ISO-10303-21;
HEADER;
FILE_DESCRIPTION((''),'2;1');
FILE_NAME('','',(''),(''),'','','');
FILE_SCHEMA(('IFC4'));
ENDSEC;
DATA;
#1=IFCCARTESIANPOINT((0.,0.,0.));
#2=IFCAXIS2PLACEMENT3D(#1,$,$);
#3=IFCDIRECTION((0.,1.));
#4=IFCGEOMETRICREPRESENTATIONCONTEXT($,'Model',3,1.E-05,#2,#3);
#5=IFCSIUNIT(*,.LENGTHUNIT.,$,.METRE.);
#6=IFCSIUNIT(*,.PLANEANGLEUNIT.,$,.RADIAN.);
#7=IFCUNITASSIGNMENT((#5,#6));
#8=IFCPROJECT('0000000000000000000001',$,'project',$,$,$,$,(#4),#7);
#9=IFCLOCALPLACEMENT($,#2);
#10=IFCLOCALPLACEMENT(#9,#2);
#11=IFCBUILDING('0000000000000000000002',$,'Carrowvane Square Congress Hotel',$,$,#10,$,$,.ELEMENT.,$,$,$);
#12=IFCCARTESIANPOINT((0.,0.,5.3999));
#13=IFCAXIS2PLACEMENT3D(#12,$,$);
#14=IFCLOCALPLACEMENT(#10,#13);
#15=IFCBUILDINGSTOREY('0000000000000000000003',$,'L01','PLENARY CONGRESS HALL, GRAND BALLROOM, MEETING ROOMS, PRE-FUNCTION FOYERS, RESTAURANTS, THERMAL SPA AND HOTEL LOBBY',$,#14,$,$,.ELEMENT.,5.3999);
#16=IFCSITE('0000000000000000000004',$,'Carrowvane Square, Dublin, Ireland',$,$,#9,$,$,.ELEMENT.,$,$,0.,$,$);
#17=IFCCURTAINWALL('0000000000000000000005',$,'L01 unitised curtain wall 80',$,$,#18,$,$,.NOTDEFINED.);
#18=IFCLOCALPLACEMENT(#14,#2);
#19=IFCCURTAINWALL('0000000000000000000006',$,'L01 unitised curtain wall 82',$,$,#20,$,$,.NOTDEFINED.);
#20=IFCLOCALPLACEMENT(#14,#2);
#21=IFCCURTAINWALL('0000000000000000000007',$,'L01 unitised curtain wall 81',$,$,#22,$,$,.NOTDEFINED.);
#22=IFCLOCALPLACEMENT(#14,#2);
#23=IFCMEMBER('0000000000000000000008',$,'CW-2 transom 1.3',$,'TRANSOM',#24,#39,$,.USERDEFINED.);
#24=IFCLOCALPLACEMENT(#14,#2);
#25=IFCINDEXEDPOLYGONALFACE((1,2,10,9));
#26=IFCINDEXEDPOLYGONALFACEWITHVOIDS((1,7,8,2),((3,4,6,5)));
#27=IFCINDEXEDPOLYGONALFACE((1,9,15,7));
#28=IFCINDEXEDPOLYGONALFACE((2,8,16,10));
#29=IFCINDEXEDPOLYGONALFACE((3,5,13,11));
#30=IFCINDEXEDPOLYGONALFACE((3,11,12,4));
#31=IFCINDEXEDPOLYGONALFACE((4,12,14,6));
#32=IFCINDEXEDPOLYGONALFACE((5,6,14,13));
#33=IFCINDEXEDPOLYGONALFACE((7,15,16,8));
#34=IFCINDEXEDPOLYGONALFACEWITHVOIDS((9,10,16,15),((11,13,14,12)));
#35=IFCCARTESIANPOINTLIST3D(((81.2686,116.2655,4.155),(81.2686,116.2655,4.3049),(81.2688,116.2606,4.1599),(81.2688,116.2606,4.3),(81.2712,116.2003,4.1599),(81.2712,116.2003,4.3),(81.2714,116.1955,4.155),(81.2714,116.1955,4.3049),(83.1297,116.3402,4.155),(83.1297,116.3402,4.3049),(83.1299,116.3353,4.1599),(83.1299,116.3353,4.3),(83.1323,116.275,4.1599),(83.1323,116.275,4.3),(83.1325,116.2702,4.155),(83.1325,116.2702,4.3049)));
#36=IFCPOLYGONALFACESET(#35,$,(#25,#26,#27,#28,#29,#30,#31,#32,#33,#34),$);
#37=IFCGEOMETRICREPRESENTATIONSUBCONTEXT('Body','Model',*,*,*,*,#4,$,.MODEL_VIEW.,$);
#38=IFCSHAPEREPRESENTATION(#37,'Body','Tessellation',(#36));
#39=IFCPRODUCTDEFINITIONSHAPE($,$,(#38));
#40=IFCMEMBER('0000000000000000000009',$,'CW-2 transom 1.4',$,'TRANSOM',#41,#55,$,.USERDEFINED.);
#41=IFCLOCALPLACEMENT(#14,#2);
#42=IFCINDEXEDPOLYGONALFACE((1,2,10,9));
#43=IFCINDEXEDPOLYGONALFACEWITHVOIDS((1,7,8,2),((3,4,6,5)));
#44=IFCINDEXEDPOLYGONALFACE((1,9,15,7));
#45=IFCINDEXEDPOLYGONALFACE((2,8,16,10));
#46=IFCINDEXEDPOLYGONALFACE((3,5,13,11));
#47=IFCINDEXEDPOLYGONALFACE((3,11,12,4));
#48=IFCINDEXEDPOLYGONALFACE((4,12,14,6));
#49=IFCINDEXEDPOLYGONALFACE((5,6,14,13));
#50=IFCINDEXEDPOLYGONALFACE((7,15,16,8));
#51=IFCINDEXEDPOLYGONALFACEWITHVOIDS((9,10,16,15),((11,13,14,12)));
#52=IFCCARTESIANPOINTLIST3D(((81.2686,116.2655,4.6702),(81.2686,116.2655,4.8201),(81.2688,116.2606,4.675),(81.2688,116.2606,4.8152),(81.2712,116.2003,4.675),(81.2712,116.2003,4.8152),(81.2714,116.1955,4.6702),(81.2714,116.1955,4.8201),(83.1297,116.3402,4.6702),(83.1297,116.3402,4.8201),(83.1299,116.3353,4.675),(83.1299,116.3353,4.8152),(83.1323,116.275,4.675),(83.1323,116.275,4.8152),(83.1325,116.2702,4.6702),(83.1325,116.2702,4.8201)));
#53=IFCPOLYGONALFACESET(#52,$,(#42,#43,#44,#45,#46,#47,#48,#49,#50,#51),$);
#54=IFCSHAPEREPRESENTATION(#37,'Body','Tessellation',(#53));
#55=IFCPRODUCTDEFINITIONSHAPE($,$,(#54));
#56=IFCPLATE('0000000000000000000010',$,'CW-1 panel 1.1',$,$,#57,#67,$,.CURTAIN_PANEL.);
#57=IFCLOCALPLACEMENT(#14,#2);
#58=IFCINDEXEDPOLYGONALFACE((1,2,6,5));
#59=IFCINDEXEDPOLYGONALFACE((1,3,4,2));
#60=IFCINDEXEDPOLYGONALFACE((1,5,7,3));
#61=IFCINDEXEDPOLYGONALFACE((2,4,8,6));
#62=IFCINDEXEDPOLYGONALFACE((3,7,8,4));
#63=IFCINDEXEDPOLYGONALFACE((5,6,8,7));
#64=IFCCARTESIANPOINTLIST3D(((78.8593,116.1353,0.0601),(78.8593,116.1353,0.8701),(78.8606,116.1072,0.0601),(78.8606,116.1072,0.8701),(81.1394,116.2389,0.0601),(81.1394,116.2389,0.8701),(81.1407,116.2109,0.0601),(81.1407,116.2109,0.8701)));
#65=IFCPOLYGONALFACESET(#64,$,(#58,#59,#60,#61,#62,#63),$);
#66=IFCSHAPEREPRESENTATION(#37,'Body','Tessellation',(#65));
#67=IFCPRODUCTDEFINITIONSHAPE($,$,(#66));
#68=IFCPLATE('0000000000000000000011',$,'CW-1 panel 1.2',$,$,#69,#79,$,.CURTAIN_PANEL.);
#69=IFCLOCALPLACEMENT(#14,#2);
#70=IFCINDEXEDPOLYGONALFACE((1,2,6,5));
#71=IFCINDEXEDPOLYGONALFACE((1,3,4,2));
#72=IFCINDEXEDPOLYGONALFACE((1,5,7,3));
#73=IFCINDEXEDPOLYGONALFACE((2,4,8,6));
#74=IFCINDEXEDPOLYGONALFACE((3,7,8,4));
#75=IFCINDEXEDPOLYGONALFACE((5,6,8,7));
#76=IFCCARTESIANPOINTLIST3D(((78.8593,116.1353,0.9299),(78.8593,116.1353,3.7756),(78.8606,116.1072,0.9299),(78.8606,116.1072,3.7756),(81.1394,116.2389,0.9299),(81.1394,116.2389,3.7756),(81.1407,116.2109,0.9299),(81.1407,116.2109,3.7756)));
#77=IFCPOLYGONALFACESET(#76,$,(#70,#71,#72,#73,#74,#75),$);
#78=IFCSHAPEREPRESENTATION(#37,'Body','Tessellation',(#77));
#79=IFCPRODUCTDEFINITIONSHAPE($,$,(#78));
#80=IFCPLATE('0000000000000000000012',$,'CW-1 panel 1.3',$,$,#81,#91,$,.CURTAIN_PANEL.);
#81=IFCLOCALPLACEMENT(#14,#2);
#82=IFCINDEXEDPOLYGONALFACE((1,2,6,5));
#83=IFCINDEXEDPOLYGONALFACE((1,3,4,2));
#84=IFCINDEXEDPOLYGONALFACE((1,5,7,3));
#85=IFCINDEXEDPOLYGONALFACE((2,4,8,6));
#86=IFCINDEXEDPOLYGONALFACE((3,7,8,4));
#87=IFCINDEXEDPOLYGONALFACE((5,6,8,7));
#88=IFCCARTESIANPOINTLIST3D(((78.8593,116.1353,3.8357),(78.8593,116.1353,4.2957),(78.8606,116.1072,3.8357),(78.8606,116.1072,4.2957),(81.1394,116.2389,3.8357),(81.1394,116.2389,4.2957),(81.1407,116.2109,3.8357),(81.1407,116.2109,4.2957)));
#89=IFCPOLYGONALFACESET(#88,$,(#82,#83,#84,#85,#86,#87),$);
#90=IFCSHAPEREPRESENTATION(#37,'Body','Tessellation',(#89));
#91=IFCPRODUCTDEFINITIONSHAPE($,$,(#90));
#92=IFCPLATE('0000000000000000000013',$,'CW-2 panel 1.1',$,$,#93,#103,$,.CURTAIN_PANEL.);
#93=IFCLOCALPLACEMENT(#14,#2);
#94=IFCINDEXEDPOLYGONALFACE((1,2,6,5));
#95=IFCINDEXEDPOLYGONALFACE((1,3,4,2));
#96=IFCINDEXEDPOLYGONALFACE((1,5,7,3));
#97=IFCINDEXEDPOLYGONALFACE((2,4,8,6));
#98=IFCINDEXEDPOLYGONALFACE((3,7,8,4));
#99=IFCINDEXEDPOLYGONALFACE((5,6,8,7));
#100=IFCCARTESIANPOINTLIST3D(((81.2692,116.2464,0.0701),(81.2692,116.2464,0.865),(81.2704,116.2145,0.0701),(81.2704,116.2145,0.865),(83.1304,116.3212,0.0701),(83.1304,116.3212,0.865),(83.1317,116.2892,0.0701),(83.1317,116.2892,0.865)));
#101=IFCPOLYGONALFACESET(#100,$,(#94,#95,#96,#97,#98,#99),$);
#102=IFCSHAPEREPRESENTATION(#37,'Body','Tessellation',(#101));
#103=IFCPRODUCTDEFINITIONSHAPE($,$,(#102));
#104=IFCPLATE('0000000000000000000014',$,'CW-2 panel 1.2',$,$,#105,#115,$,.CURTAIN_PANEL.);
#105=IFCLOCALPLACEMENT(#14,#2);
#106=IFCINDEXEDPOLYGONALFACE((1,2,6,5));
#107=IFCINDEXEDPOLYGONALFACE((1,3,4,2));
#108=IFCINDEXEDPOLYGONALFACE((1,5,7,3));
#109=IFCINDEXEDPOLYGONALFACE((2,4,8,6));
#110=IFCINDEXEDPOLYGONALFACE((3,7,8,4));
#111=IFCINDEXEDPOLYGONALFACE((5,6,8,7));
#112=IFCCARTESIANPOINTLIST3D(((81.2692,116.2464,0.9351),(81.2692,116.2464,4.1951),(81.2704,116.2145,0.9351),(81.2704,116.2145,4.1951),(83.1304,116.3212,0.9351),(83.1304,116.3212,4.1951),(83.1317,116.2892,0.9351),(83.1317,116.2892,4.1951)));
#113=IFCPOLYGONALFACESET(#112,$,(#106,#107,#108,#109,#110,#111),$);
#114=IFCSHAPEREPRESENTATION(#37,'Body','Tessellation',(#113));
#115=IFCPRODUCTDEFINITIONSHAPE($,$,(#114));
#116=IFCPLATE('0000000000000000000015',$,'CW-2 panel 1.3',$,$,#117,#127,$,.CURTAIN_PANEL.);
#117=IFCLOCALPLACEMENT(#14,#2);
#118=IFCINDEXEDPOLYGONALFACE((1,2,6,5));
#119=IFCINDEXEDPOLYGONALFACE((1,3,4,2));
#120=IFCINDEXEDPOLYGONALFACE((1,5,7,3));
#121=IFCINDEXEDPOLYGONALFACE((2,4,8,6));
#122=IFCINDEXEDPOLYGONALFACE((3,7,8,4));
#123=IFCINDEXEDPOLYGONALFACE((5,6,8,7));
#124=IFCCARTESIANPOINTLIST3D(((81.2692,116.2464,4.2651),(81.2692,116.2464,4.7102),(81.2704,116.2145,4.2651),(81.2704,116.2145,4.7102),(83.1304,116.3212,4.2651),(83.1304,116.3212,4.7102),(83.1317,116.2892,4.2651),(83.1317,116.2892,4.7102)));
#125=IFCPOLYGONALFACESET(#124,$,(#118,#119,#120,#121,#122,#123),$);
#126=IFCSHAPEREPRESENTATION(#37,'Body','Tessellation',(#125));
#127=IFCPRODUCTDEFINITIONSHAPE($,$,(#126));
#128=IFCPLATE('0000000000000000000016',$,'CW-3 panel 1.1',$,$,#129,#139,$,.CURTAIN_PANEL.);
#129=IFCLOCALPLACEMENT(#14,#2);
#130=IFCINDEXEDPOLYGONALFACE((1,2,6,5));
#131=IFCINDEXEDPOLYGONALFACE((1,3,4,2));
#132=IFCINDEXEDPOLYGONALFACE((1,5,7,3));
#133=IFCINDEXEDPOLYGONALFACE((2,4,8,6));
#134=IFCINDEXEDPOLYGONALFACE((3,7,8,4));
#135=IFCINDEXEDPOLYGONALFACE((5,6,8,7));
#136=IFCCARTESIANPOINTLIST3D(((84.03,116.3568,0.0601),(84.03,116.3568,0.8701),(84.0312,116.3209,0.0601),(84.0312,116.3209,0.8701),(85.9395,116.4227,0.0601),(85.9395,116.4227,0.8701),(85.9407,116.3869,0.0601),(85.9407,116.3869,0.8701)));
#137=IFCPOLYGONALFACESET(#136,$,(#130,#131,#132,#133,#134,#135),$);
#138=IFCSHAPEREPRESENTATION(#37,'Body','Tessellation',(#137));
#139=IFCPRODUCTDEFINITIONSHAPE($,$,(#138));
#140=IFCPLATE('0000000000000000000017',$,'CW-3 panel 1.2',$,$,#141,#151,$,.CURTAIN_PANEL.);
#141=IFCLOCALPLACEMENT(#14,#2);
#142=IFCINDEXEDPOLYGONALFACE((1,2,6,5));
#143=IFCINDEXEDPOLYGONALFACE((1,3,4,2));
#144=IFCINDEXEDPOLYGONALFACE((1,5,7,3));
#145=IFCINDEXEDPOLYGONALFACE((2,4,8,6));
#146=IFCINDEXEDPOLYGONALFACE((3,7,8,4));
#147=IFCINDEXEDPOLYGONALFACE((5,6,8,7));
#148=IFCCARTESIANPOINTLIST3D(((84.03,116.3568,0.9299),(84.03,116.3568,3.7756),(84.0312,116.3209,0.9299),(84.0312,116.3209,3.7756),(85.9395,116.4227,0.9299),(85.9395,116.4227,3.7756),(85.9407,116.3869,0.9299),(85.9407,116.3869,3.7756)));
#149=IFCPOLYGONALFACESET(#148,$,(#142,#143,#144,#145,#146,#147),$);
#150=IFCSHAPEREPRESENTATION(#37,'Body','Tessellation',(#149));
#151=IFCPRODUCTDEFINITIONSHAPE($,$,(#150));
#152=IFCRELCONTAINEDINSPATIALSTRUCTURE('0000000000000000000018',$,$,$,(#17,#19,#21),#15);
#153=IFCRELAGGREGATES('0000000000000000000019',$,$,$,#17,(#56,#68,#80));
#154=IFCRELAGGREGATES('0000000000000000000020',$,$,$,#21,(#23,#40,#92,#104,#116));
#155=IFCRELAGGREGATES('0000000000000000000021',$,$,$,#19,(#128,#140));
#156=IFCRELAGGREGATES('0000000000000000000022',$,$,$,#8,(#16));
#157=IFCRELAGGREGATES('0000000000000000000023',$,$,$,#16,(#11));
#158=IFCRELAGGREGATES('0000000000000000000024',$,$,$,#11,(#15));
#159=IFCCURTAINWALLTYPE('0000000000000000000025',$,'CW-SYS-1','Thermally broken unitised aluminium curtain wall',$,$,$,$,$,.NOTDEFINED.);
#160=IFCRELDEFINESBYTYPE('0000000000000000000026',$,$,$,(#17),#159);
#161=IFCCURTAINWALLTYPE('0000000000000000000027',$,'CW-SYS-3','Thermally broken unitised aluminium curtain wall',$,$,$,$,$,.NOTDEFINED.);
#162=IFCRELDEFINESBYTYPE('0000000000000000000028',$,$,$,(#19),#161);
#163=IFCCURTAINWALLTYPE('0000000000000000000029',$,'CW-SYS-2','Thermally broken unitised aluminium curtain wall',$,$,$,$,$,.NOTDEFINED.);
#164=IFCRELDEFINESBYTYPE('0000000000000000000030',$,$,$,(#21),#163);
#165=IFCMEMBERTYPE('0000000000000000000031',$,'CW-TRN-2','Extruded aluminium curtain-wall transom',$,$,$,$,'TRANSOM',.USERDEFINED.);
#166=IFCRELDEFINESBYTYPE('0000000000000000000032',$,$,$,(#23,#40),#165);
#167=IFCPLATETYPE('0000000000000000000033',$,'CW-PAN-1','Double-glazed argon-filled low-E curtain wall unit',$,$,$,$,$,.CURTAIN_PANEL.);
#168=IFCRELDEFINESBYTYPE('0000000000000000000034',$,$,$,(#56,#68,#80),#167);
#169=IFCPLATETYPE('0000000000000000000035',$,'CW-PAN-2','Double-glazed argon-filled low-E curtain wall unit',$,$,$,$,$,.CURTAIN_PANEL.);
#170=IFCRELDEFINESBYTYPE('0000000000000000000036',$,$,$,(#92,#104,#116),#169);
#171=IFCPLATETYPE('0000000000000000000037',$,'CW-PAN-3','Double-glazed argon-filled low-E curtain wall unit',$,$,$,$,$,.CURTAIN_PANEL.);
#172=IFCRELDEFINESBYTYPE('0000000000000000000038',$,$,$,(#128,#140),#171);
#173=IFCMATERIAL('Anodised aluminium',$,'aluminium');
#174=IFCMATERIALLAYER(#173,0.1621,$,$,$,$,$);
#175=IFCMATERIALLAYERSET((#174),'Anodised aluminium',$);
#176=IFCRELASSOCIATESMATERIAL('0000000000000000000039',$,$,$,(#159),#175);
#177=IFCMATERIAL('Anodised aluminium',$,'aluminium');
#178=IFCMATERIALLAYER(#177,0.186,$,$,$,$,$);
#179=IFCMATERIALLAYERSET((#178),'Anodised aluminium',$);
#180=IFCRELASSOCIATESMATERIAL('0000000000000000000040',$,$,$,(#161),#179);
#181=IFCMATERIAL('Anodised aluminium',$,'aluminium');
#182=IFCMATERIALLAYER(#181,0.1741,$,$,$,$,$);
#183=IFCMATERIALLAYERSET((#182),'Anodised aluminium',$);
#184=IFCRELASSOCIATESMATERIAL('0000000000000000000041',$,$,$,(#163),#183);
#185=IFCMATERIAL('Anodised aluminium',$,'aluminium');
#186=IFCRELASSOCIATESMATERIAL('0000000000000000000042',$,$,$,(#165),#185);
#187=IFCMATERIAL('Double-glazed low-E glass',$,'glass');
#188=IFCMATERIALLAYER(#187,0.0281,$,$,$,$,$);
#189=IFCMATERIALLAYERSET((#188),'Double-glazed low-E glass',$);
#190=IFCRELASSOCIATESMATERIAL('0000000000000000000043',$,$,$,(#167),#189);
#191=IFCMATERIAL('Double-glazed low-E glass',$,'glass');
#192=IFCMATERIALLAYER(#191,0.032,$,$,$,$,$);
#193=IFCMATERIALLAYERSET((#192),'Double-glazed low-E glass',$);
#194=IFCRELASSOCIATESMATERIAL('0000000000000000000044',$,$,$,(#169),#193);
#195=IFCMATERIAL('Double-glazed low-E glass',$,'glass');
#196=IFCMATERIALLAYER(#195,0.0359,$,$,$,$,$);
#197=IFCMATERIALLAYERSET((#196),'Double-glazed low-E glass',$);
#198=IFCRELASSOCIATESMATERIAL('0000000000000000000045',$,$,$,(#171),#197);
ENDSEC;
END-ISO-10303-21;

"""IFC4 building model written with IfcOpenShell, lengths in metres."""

from ifc_helpers import new_model, si_unit, direction, frame, origin, origin_2d, place, context, subcontext, project, spatial, rectangle, hollow_rectangle, extrude, material, layer, layer_set, material_profile, profile_set, type_object, element, aggregate, save


model = new_model("IFC4")

# Units and contexts
model_context = context("Model", 3, precision=1e-05, world=origin(), true_north=direction((0.0, 1.0)))
body_context = subcontext(model_context, "Body", "Model", "MODEL_VIEW")
ifc_project = project(units=[si_unit("LENGTHUNIT", "METRE"), si_unit("PLANEANGLEUNIT", "RADIAN")], contexts=[model_context])

# Site, building, storey
site_placement = place(None, origin())
site = spatial("IfcSite", under=ifc_project, at=site_placement, Name="Carrowvane Square, Dublin, Ireland", CompositionType="ELEMENT", RefElevation=0.0)
building_placement = place(site_placement, origin())
building = spatial("IfcBuilding", under=site, at=building_placement, Name="Carrowvane Square Congress Hotel", CompositionType="ELEMENT")
storey_placement = place(building_placement, frame((0.0, 0.0, 5.3999)))
storey = spatial("IfcBuildingStorey", under=building, at=storey_placement, Name="L01", Description="PLENARY CONGRESS HALL, GRAND BALLROOM, MEETING ROOMS, PRE-FUNCTION FOYERS, RESTAURANTS, THERMAL SPA AND HOTEL LOBBY", CompositionType="ELEMENT", Elevation=5.3999)

# Curtain walls
ifc_material_1 = material(Name="Anodised aluminium", Category="aluminium")
ifc_layer_1 = layer(ifc_material_1, 0.1621)
ifc_layer_set_1 = layer_set([ifc_layer_1], Name="Anodised aluminium")
curtain_wall_type_1 = type_object("IfcCurtainWallType", Name="CW-SYS-1", Description="Thermally broken unitised aluminium curtain wall", PredefinedType="NOTDEFINED", material=ifc_layer_set_1)
curtain_wall_1_placement = place(storey_placement, origin())
curtain_wall_1 = element("IfcCurtainWall", 1, at=curtain_wall_1_placement, inside=storey, type_object=curtain_wall_type_1, Name="L01 unitised curtain wall 80", PredefinedType="NOTDEFINED")
ifc_material_2 = material(Name="Anodised aluminium", Category="aluminium")
ifc_layer_2 = layer(ifc_material_2, 0.186)
ifc_layer_set_2 = layer_set([ifc_layer_2], Name="Anodised aluminium")
curtain_wall_type_2 = type_object("IfcCurtainWallType", Name="CW-SYS-3", Description="Thermally broken unitised aluminium curtain wall", PredefinedType="NOTDEFINED", material=ifc_layer_set_2)
curtain_wall_2_placement = place(storey_placement, origin())
curtain_wall_2 = element("IfcCurtainWall", 2, at=curtain_wall_2_placement, inside=storey, type_object=curtain_wall_type_2, Name="L01 unitised curtain wall 82", PredefinedType="NOTDEFINED")

# Curtain wall
ifc_material_3 = material(Name="Anodised aluminium", Category="aluminium")
ifc_layer_3 = layer(ifc_material_3, 0.1741)
ifc_layer_set_3 = layer_set([ifc_layer_3], Name="Anodised aluminium")
curtain_wall_type_3 = type_object("IfcCurtainWallType", Name="CW-SYS-2", Description="Thermally broken unitised aluminium curtain wall", PredefinedType="NOTDEFINED", material=ifc_layer_set_3)
curtain_wall_3_placement = place(storey_placement, origin())
curtain_wall_3 = element("IfcCurtainWall", 3, at=curtain_wall_3_placement, inside=storey, type_object=curtain_wall_type_3, Name="L01 unitised curtain wall 81", PredefinedType="NOTDEFINED")

# Members
ifc_material_4 = material(Name="Anodised aluminium", Category="aluminium")
ifc_material_profile_1 = material_profile(ifc_material_4, hollow_rectangle(XDim=0.0701, YDim=0.1499, WallThickness=0.0049, at=origin_2d()), Name="CW-TR 70x150x5")
ifc_profile_set_1 = profile_set([ifc_material_profile_1], Name="Anodised aluminium")
member_type_1 = type_object("IfcMemberType", Name="CW-TRN-2", Description="Extruded aluminium curtain-wall transom", ElementType="TRANSOM", PredefinedType="USERDEFINED", material=ifc_profile_set_1)
member_1_placement = place(storey_placement, frame((81.27, 116.2305, 4.23), z_axis=(0.999195, 0.040109, 0.0), x_axis=(-0.040109, 0.999195, 0.0)))
member_1 = element("IfcMember", 4, at=member_1_placement, type_object=member_type_1, Name="CW-2 transom 1.3", ObjectType="TRANSOM", PredefinedType="USERDEFINED", context=body_context, shape_type="SweptSolid", body=[
    extrude(hollow_rectangle(XDim=0.0701, YDim=0.1499, WallThickness=0.0049, at=origin_2d()), origin(), (0.0, 0.0, 1.0), 1.8625),
])
member_2_placement = place(storey_placement, frame((81.27, 116.2305, 4.7451), z_axis=(0.999195, 0.040109, 0.0), x_axis=(-0.040109, 0.999195, 0.0)))
member_2 = element("IfcMember", 5, at=member_2_placement, type_object=member_type_1, Name="CW-2 transom 1.4", ObjectType="TRANSOM", PredefinedType="USERDEFINED", context=body_context, shape_type="SweptSolid", body=[
    extrude(hollow_rectangle(XDim=0.0701, YDim=0.1499, WallThickness=0.0049, at=origin_2d()), origin(), (0.0, 0.0, 1.0), 1.8625),
])

# Plates
ifc_material_5 = material(Name="Double-glazed low-E glass", Category="glass")
ifc_layer_4 = layer(ifc_material_5, 0.0281)
ifc_layer_set_4 = layer_set([ifc_layer_4], Name="Double-glazed low-E glass")
plate_type_1 = type_object("IfcPlateType", Name="CW-PAN-1", Description="Double-glazed argon-filled low-E curtain wall unit", PredefinedType="CURTAIN_PANEL", material=ifc_layer_set_4)
plate_1_placement = place(storey_placement, frame((80.0, 116.1731, 0.0601), z_axis=(0.0, 0.0, 1.0), x_axis=(0.998968, 0.045411, 0.0)))
plate_1 = element("IfcPlate", 6, at=plate_1_placement, type_object=plate_type_1, Name="CW-1 panel 1.1", PredefinedType="CURTAIN_PANEL", context=body_context, shape_type="SweptSolid", body=[
    extrude(rectangle(XDim=2.2825, YDim=0.0281, at=origin_2d()), origin(), (0.0, 0.0, 1.0), 0.8101),
])
plate_2_placement = place(storey_placement, frame((80.0, 116.1731, 0.9299), z_axis=(0.0, 0.0, 1.0), x_axis=(0.998968, 0.045411, 0.0)))
plate_2 = element("IfcPlate", 7, at=plate_2_placement, type_object=plate_type_1, Name="CW-1 panel 1.2", PredefinedType="CURTAIN_PANEL", context=body_context, shape_type="SweptSolid", body=[
    extrude(rectangle(XDim=2.2825, YDim=0.0281, at=origin_2d()), origin(), (0.0, 0.0, 1.0), 2.8457),
])
plate_3_placement = place(storey_placement, frame((80.0, 116.1731, 3.8357), z_axis=(0.0, 0.0, 1.0), x_axis=(0.998968, 0.045411, 0.0)))
plate_3 = element("IfcPlate", 8, at=plate_3_placement, type_object=plate_type_1, Name="CW-1 panel 1.3", PredefinedType="CURTAIN_PANEL", context=body_context, shape_type="SweptSolid", body=[
    extrude(rectangle(XDim=2.2825, YDim=0.0281, at=origin_2d()), origin(), (0.0, 0.0, 1.0), 0.46),
])
aggregate(curtain_wall_1, [plate_1, plate_2, plate_3])
ifc_material_6 = material(Name="Double-glazed low-E glass", Category="glass")
ifc_layer_5 = layer(ifc_material_6, 0.032)
ifc_layer_set_5 = layer_set([ifc_layer_5], Name="Double-glazed low-E glass")
plate_type_2 = type_object("IfcPlateType", Name="CW-PAN-2", Description="Double-glazed argon-filled low-E curtain wall unit", PredefinedType="CURTAIN_PANEL", material=ifc_layer_set_5)
plate_4_placement = place(storey_placement, frame((82.2004, 116.2678, 0.0701), z_axis=(0.0, 0.0, 1.0), x_axis=(0.999194, 0.040136, 0.0)))
plate_4 = element("IfcPlate", 9, at=plate_4_placement, type_object=plate_type_2, Name="CW-2 panel 1.1", PredefinedType="CURTAIN_PANEL", context=body_context, shape_type="SweptSolid", body=[
    extrude(rectangle(XDim=1.8628, YDim=0.032, at=origin_2d()), origin(), (0.0, 0.0, 1.0), 0.7949),
])
plate_5_placement = place(storey_placement, frame((82.2004, 116.2678, 0.9351), z_axis=(0.0, 0.0, 1.0), x_axis=(0.999194, 0.040136, 0.0)))
plate_5 = element("IfcPlate", 10, at=plate_5_placement, type_object=plate_type_2, Name="CW-2 panel 1.2", PredefinedType="CURTAIN_PANEL", context=body_context, shape_type="SweptSolid", body=[
    extrude(rectangle(XDim=1.8628, YDim=0.032, at=origin_2d()), origin(), (0.0, 0.0, 1.0), 3.26),
])
plate_6_placement = place(storey_placement, frame((82.2004, 116.2678, 4.2651), z_axis=(0.0, 0.0, 1.0), x_axis=(0.999194, 0.040136, 0.0)))
plate_6 = element("IfcPlate", 11, at=plate_6_placement, type_object=plate_type_2, Name="CW-2 panel 1.3", PredefinedType="CURTAIN_PANEL", context=body_context, shape_type="SweptSolid", body=[
    extrude(rectangle(XDim=1.8628, YDim=0.032, at=origin_2d()), origin(), (0.0, 0.0, 1.0), 0.4451),
])
aggregate(curtain_wall_3, [member_1, member_2, plate_4, plate_5, plate_6])
ifc_material_7 = material(Name="Double-glazed low-E glass", Category="glass")
ifc_layer_6 = layer(ifc_material_7, 0.0359)
ifc_layer_set_6 = layer_set([ifc_layer_6], Name="Double-glazed low-E glass")
plate_type_3 = type_object("IfcPlateType", Name="CW-PAN-3", Description="Double-glazed argon-filled low-E curtain wall unit", PredefinedType="CURTAIN_PANEL", material=ifc_layer_set_6)
plate_7_placement = place(storey_placement, frame((84.9854, 116.3718, 0.0601), z_axis=(0.0, 0.0, 1.0), x_axis=(0.999404, 0.034527, 0.0)))
plate_7 = element("IfcPlate", 12, at=plate_7_placement, type_object=plate_type_3, Name="CW-3 panel 1.1", PredefinedType="CURTAIN_PANEL", context=body_context, shape_type="SweptSolid", body=[
    extrude(rectangle(XDim=1.9106, YDim=0.0359, at=origin_2d()), origin(), (0.0, 0.0, 1.0), 0.8101),
])
plate_8_placement = place(storey_placement, frame((84.9854, 116.3718, 0.9299), z_axis=(0.0, 0.0, 1.0), x_axis=(0.999404, 0.034527, 0.0)))
plate_8 = element("IfcPlate", 13, at=plate_8_placement, type_object=plate_type_3, Name="CW-3 panel 1.2", PredefinedType="CURTAIN_PANEL", context=body_context, shape_type="SweptSolid", body=[
    extrude(rectangle(XDim=1.9106, YDim=0.0359, at=origin_2d()), origin(), (0.0, 0.0, 1.0), 2.8457),
])
aggregate(curtain_wall_2, [plate_7, plate_8])

save(model, "model.ifc")
